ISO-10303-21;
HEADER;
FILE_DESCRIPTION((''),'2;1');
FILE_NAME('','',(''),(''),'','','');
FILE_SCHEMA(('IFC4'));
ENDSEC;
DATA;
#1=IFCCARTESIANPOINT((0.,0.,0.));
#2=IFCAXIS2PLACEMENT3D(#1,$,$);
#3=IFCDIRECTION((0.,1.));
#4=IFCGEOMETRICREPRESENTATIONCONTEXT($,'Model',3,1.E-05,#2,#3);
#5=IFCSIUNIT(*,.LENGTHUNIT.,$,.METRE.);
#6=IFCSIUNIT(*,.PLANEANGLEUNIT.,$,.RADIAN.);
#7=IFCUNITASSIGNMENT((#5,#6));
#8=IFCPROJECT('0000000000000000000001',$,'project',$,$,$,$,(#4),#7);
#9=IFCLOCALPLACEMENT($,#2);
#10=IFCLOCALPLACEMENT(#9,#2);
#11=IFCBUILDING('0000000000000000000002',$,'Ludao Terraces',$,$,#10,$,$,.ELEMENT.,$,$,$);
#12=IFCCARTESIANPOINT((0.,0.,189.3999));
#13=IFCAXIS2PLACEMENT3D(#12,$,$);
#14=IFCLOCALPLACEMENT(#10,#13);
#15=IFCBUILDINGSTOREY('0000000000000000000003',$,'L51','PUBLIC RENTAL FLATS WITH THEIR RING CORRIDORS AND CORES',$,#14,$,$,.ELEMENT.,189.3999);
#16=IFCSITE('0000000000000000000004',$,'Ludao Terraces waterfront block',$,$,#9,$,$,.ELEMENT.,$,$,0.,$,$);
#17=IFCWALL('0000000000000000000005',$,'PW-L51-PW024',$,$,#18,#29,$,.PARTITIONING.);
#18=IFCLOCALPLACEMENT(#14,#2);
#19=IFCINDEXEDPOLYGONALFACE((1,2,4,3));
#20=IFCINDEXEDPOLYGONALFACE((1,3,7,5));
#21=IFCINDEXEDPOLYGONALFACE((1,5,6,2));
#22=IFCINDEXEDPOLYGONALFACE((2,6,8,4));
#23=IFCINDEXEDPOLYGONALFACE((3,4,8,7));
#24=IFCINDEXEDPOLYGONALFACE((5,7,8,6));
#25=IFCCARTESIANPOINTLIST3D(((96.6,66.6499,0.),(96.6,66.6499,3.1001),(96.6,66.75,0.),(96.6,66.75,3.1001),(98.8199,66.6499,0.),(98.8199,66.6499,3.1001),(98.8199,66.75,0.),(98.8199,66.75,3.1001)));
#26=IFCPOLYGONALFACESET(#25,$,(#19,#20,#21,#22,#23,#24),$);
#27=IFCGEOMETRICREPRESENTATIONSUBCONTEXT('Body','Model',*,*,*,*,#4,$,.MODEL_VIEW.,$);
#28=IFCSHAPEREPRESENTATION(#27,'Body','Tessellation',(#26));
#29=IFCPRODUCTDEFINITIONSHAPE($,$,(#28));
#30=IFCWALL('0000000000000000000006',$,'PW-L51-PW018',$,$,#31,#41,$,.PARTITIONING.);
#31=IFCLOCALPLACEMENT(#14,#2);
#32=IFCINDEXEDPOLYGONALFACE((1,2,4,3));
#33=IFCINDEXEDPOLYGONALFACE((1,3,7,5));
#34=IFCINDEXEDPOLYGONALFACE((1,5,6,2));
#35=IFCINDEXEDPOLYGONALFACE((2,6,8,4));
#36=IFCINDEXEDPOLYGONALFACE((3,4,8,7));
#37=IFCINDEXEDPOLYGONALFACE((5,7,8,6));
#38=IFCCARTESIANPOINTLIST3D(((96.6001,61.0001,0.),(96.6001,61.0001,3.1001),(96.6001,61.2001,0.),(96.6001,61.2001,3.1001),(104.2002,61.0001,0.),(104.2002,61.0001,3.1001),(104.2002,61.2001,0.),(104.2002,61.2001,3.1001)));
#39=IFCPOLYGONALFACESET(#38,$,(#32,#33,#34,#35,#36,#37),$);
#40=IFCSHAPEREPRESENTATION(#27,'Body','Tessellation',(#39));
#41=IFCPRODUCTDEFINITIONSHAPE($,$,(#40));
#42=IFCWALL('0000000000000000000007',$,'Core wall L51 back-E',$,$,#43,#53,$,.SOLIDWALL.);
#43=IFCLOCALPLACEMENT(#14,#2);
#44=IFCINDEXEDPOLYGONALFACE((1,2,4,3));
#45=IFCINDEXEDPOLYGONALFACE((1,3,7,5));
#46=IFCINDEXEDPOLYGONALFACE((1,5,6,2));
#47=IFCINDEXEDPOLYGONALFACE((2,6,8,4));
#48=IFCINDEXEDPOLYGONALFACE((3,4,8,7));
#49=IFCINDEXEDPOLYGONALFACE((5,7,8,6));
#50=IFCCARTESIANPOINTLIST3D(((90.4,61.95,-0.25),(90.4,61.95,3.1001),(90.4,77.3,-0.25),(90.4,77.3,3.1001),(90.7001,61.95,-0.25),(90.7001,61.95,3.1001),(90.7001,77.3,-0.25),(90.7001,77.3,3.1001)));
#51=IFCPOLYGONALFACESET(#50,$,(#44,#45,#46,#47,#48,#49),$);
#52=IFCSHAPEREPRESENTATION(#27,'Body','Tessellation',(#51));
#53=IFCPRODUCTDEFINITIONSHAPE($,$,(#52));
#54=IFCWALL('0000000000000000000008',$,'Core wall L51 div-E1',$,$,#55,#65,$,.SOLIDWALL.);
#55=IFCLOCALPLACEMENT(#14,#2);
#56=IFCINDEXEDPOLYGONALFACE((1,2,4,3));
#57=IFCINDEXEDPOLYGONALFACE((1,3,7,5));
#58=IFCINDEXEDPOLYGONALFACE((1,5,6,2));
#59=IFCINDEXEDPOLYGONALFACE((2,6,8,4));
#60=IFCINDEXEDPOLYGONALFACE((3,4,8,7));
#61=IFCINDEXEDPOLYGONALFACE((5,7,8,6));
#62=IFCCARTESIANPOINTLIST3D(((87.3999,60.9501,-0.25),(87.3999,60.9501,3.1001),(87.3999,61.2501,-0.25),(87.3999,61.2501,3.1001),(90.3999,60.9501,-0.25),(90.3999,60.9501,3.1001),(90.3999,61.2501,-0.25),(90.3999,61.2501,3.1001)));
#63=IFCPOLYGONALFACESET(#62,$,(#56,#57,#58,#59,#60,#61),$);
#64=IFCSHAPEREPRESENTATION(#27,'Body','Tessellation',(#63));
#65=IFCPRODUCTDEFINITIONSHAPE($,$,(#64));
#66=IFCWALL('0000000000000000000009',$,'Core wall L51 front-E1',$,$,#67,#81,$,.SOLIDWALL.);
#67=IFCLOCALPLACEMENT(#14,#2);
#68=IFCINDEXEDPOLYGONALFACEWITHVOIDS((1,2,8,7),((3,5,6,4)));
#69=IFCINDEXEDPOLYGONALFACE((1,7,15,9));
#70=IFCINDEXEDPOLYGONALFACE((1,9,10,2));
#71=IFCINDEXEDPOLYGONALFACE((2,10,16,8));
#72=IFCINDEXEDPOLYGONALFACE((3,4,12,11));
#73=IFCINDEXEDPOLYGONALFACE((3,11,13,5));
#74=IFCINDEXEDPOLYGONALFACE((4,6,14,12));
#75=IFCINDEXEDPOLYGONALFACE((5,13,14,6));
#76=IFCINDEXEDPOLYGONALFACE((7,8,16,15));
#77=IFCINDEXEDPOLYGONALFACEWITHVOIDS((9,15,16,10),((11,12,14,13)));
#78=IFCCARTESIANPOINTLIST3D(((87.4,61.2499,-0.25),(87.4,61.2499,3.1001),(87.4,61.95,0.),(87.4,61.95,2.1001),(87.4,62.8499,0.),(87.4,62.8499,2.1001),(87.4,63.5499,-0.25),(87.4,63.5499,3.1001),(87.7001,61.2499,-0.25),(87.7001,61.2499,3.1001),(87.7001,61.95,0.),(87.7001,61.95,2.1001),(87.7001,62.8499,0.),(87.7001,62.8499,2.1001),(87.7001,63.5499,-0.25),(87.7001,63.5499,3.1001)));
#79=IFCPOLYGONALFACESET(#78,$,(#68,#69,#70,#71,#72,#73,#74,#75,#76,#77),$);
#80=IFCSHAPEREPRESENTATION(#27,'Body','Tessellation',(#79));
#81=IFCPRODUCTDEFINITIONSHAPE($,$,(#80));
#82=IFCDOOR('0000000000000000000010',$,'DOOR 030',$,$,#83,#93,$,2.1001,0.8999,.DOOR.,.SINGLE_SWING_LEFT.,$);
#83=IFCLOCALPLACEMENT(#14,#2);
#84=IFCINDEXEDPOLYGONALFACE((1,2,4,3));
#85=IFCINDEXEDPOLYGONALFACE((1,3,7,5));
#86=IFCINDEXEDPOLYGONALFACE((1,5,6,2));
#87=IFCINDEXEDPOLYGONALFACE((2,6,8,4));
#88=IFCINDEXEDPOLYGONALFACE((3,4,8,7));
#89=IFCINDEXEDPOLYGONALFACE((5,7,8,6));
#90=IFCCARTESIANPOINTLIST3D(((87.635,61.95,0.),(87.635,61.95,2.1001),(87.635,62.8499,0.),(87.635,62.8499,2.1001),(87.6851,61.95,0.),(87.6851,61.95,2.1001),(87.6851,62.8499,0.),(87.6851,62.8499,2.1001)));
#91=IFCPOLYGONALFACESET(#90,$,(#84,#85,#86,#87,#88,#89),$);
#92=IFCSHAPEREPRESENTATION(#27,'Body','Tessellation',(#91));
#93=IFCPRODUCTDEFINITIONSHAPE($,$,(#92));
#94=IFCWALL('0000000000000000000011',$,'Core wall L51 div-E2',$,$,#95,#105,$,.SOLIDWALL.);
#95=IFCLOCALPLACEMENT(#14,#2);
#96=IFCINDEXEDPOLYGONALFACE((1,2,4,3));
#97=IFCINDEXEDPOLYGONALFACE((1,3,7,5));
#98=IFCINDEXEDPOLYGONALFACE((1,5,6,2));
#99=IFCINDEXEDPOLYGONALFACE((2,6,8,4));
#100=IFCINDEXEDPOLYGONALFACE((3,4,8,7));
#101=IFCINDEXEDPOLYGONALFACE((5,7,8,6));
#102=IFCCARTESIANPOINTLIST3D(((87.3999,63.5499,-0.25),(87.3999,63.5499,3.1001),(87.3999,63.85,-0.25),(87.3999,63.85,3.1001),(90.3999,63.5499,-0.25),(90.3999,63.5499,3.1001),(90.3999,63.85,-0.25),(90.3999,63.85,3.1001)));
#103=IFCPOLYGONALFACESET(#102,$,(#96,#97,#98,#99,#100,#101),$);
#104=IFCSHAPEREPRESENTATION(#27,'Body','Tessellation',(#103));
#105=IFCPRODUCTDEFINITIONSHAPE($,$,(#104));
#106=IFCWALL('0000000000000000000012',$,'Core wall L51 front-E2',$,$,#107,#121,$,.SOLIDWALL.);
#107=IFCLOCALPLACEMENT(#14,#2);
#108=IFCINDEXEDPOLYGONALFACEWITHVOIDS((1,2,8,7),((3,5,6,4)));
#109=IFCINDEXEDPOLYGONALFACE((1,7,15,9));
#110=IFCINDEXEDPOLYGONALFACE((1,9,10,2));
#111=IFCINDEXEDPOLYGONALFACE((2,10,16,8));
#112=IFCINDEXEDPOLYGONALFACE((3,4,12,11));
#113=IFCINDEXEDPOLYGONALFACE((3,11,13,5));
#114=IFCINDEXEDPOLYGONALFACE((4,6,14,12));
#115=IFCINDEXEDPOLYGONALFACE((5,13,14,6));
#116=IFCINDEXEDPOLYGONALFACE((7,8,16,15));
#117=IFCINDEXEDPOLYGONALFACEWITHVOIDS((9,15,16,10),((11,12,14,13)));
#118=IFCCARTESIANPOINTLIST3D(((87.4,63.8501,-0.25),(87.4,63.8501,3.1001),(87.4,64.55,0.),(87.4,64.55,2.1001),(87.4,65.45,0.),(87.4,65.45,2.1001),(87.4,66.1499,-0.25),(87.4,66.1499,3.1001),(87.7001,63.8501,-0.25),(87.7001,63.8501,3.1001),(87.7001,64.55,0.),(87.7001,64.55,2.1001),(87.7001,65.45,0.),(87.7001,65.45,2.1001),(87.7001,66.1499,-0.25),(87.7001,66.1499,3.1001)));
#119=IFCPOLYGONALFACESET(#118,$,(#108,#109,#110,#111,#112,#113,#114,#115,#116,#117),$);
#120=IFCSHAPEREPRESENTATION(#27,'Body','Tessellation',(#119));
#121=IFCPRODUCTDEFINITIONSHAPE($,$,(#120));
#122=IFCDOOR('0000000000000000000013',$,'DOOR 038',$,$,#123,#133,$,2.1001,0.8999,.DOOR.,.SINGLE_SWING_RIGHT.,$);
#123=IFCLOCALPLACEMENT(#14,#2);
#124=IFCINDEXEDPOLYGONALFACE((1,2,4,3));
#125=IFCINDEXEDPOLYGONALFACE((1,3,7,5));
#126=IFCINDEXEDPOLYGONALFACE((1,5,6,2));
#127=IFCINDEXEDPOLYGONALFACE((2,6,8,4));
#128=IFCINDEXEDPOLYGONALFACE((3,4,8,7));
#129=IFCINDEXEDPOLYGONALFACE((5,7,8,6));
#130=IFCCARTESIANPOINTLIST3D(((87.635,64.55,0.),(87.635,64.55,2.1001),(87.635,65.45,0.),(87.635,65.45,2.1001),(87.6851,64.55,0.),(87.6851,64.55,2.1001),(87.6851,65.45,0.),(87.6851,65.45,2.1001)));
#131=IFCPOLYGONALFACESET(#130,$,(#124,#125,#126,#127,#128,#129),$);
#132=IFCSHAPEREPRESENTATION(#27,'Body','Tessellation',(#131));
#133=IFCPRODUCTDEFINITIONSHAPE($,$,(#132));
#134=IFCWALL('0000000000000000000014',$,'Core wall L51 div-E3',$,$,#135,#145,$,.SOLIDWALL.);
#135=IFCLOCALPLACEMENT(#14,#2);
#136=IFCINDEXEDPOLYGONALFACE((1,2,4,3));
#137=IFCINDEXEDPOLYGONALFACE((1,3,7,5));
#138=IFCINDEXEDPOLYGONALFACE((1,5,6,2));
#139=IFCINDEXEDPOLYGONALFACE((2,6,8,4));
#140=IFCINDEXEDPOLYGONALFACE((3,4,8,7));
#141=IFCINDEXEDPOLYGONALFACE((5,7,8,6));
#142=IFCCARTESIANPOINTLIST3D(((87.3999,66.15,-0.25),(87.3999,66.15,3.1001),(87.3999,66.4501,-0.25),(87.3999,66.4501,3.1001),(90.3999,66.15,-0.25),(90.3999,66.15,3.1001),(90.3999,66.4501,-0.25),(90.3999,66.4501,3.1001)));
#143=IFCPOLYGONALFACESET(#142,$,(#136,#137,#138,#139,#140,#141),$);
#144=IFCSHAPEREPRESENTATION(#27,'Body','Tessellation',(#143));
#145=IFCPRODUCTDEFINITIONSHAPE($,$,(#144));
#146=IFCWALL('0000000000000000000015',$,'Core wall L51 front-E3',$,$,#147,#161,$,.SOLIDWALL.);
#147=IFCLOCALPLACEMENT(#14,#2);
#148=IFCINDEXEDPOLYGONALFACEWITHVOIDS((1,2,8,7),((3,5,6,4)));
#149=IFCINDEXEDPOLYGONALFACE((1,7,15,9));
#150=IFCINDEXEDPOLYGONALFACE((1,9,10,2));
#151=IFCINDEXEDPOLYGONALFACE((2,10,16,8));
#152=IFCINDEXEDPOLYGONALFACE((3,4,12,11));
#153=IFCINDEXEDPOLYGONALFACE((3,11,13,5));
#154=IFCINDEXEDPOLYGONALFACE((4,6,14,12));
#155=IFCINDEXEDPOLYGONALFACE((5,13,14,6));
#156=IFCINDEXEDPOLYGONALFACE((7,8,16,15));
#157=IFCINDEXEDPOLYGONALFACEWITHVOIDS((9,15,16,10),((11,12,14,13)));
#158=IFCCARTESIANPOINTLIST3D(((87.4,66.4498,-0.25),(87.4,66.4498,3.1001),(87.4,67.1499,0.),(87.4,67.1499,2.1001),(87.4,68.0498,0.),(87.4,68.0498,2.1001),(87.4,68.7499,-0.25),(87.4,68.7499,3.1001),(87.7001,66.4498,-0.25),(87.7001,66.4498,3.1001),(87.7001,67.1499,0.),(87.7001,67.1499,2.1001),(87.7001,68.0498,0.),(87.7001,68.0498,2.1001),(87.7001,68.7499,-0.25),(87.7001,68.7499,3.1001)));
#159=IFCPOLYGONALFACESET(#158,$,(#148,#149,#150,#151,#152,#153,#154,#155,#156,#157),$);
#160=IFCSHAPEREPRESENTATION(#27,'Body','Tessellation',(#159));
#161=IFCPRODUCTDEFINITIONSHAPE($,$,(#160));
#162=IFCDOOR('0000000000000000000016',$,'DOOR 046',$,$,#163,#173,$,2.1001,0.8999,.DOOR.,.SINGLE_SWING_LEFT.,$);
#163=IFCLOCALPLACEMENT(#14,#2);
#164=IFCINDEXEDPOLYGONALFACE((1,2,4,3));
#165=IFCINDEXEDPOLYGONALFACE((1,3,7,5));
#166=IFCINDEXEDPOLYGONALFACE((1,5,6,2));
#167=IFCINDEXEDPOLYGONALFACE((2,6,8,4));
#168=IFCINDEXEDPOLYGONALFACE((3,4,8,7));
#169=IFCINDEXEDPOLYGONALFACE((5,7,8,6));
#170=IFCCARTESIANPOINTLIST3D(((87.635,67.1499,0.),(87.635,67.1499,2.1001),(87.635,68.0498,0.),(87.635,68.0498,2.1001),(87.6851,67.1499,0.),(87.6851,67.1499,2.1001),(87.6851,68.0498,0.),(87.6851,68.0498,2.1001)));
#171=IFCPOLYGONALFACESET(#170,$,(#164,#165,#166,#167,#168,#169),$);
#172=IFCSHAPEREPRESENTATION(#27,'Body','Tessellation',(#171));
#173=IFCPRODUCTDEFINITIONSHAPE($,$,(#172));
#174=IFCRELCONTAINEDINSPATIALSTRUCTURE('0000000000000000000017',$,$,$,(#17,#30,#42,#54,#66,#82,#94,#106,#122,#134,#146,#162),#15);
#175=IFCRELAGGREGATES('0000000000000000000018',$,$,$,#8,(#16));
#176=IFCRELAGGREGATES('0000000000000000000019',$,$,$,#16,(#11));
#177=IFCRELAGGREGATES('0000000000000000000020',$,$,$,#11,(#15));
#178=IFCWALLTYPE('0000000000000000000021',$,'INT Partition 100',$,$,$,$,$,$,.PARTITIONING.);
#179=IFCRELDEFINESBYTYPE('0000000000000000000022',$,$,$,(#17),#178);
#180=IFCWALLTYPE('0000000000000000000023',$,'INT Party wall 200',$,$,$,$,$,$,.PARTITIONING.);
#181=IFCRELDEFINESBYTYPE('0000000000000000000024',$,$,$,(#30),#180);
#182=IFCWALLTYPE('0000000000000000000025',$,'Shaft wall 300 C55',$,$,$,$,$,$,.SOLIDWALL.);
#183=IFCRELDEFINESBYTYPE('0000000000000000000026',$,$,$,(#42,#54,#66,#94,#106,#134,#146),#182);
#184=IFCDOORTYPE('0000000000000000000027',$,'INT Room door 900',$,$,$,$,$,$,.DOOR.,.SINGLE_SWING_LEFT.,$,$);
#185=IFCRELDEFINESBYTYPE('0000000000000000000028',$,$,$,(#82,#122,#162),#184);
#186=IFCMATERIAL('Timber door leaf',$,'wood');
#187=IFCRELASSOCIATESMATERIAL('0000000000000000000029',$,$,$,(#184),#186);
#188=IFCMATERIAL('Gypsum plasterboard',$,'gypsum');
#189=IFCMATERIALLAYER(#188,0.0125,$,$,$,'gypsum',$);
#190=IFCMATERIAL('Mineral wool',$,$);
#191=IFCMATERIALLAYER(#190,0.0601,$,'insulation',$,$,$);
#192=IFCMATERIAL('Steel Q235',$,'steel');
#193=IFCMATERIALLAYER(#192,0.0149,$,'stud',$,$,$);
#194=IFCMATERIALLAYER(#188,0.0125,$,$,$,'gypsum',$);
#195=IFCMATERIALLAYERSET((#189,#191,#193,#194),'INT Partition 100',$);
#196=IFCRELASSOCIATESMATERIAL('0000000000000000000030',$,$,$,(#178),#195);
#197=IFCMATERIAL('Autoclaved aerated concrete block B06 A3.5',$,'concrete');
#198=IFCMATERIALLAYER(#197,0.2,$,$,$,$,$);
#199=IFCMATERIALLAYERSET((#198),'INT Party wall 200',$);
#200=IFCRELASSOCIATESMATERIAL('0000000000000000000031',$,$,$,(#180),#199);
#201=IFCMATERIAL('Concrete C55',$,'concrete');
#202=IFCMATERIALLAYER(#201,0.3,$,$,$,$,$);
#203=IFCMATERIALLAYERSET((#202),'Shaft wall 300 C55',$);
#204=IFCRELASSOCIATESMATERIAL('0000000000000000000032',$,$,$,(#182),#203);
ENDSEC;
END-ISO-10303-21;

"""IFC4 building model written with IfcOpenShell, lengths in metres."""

from ifc_helpers import new_model, si_unit, direction, frame, frame_2d, origin, place, context, subcontext, project, spatial, rectangle, extrude, material, layer, layer_set, type_object, element, fill, save


model = new_model("IFC4")

# Units and contexts
model_context = context("Model", 3, precision=1e-05, world=origin(), true_north=direction((0.0, 1.0)))
body_context = subcontext(model_context, "Body", "Model", "MODEL_VIEW")
ifc_project = project(units=[si_unit("LENGTHUNIT", "METRE"), si_unit("PLANEANGLEUNIT", "RADIAN")], contexts=[model_context])

# Site, building, storey
site_placement = place(None, origin())
site = spatial("IfcSite", under=ifc_project, at=site_placement, Name="Ludao Terraces waterfront block", CompositionType="ELEMENT", RefElevation=0.0)
building_placement = place(site_placement, origin())
building = spatial("IfcBuilding", under=site, at=building_placement, Name="Ludao Terraces", CompositionType="ELEMENT")
storey_placement = place(building_placement, frame((0.0, 0.0, 189.3999)))
storey = spatial("IfcBuildingStorey", under=building, at=storey_placement, Name="L51", Description="PUBLIC RENTAL FLATS WITH THEIR RING CORRIDORS AND CORES", CompositionType="ELEMENT", Elevation=189.3999)

# Shared definitions
ifc_material_1 = material(Name="Steel Q235", Category="steel")
ifc_material_2 = material(Name="Timber door leaf", Category="wood")
door_type_1 = type_object("IfcDoorType", Name="INT Room door 900", OperationType="SINGLE_SWING_LEFT", PredefinedType="DOOR", material=ifc_material_2)

# Shared definitions
ifc_material_3 = material(Name="Mineral wool")

# Walls
ifc_material_4 = material(Name="Gypsum plasterboard", Category="gypsum")
ifc_layer_1 = layer(ifc_material_4, 0.0125, Category="gypsum")
ifc_layer_2 = layer(ifc_material_3, 0.0601, Name="insulation")
ifc_layer_3 = layer(ifc_material_1, 0.0149, Name="stud")
ifc_layer_4 = layer(ifc_material_4, 0.0125, Category="gypsum")
ifc_layer_set_1 = layer_set([ifc_layer_1, ifc_layer_2, ifc_layer_3, ifc_layer_4], Name="INT Partition 100")
wall_type_1 = type_object("IfcWallType", Name="INT Partition 100", PredefinedType="PARTITIONING", material=ifc_layer_set_1)
for number, where, z_axis, x_axis, name in (
    (1, (96.6001, 66.7, 0.0), (0.0, 0.0, 1.0), (1.0, 0.0, 0.0), "PW-L51-PW024"),
):
    element("IfcWall", number, at=place(storey_placement, frame(where, z_axis=z_axis, x_axis=x_axis)), inside=storey, type_object=wall_type_1, Name=name, PredefinedType="PARTITIONING", context=body_context, shape_type="SweptSolid", body=[
        extrude(rectangle(XDim=2.22, YDim=0.1001, at=frame_2d((1.1099, 0.0))), origin(), (0.0, 0.0, 1.0), 3.1001),
    ])
ifc_material_5 = material(Name="Autoclaved aerated concrete block B06 A3.5", Category="concrete")
ifc_layer_5 = layer(ifc_material_5, 0.2)
ifc_layer_set_2 = layer_set([ifc_layer_5], Name="INT Party wall 200")
wall_type_2 = type_object("IfcWallType", Name="INT Party wall 200", PredefinedType="PARTITIONING", material=ifc_layer_set_2)
wall_1_placement = place(storey_placement, frame((96.6001, 61.1001, 0.0), z_axis=(0.0, 0.0, 1.0), x_axis=(1.0, 0.0, 0.0)))
element("IfcWall", 2, at=wall_1_placement, inside=storey, type_object=wall_type_2, Name="PW-L51-PW018", PredefinedType="PARTITIONING", context=body_context, shape_type="SweptSolid", body=[
    extrude(rectangle(XDim=7.6001, YDim=0.2, at=frame_2d((3.8, 0.0))), origin(), (0.0, 0.0, 1.0), 3.1001),
])
ifc_material_6 = material(Name="Concrete C55", Category="concrete")
ifc_layer_6 = layer(ifc_material_6, 0.3)
ifc_layer_set_3 = layer_set([ifc_layer_6], Name="Shaft wall 300 C55")
wall_type_3 = type_object("IfcWallType", Name="Shaft wall 300 C55", PredefinedType="SOLIDWALL", material=ifc_layer_set_3)
wall_2_placement = place(storey_placement, frame((90.55, 61.95, -0.25), z_axis=(0.0, 0.0, 1.0), x_axis=(0.0, 1.0, 0.0)))
element("IfcWall", 3, at=wall_2_placement, inside=storey, type_object=wall_type_3, Name="Core wall L51 back-E", PredefinedType="SOLIDWALL", context=body_context, shape_type="SweptSolid", body=[
    extrude(rectangle(XDim=15.3501, YDim=0.3, at=frame_2d((7.675, 0.0))), origin(), (0.0, 0.0, 1.0), 3.3501),
])
wall_3_placement = place(storey_placement, frame((87.3999, 61.1001, -0.25), z_axis=(0.0, 0.0, 1.0), x_axis=(1.0, 0.0, 0.0)))
element("IfcWall", 4, at=wall_3_placement, inside=storey, type_object=wall_type_3, Name="Core wall L51 div-E1", PredefinedType="SOLIDWALL", context=body_context, shape_type="SweptSolid", body=[
    extrude(rectangle(XDim=3.0, YDim=0.3, at=frame_2d((1.5, 0.0))), origin(), (0.0, 0.0, 1.0), 3.3501),
])

# Wall, opening, door
wall_4_placement = place(storey_placement, frame((87.55, 61.25, -0.25), z_axis=(0.0, 0.0, 1.0), x_axis=(0.0, 1.0, 0.0)))
wall_4 = element("IfcWall", 5, at=wall_4_placement, inside=storey, type_object=wall_type_3, Name="Core wall L51 front-E1", PredefinedType="SOLIDWALL", context=body_context, shape_type="SweptSolid", body=[
    extrude(rectangle(XDim=2.3, YDim=0.3, at=frame_2d((1.1499, 0.0))), origin(), (0.0, 0.0, 1.0), 3.3501),
])
opening_1_placement = place(wall_4_placement, frame((0.7, 0.0, 0.25)))
opening_1 = element("IfcOpeningElement", 6, at=opening_1_placement, cuts=wall_4, PredefinedType="OPENING", context=body_context, shape_type="SweptSolid", body=[
    extrude(rectangle(XDim=0.8999, YDim=2.1001, at=frame_2d((0.45, 1.05))), frame((0.0, 0.1602, 0.0), z_axis=(0.0, -1.0, 0.0), x_axis=(1.0, 0.0, 0.0)), (0.0, 0.0, 1.0), 0.3201),
])
door_1_placement = place(opening_1_placement, origin())
door_1 = element("IfcDoor", 7, at=door_1_placement, inside=storey, type_object=door_type_1, Name="DOOR 030", OperationType="SINGLE_SWING_LEFT", OverallHeight=2.1001, OverallWidth=0.8999, PredefinedType="DOOR", context=body_context, shape_type="SweptSolid", body=[
    extrude(rectangle(XDim=0.8999, YDim=2.1001, at=frame_2d((0.45, 1.05))), frame((0.0, -0.085, 0.0), z_axis=(0.0, -1.0, 0.0), x_axis=(1.0, 0.0, 0.0)), (0.0, 0.0, 1.0), 0.05),
])
fill(opening_1, door_1)

# Wall
wall_5_placement = place(storey_placement, frame((87.3999, 63.7, -0.25), z_axis=(0.0, 0.0, 1.0), x_axis=(1.0, 0.0, 0.0)))
element("IfcWall", 8, at=wall_5_placement, inside=storey, type_object=wall_type_3, Name="Core wall L51 div-E2", PredefinedType="SOLIDWALL", context=body_context, shape_type="SweptSolid", body=[
    extrude(rectangle(XDim=3.0, YDim=0.3, at=frame_2d((1.5, 0.0))), origin(), (0.0, 0.0, 1.0), 3.3501),
])

# Wall, opening, door
wall_6_placement = place(storey_placement, frame((87.55, 63.8501, -0.25), z_axis=(0.0, 0.0, 1.0), x_axis=(0.0, 1.0, 0.0)))
wall_6 = element("IfcWall", 9, at=wall_6_placement, inside=storey, type_object=wall_type_3, Name="Core wall L51 front-E2", PredefinedType="SOLIDWALL", context=body_context, shape_type="SweptSolid", body=[
    extrude(rectangle(XDim=2.2998, YDim=0.3, at=frame_2d((1.1499, 0.0))), origin(), (0.0, 0.0, 1.0), 3.3501),
])
opening_2_placement = place(wall_6_placement, frame((0.7, 0.0, 0.25)))
opening_2 = element("IfcOpeningElement", 10, at=opening_2_placement, cuts=wall_6, PredefinedType="OPENING", context=body_context, shape_type="SweptSolid", body=[
    extrude(rectangle(XDim=0.8999, YDim=2.1001, at=frame_2d((0.45, 1.05))), frame((0.0, 0.1602, 0.0), z_axis=(0.0, -1.0, 0.0), x_axis=(1.0, 0.0, 0.0)), (0.0, 0.0, 1.0), 0.3201),
])
door_2_placement = place(opening_2_placement, origin())
door_2 = element("IfcDoor", 11, at=door_2_placement, inside=storey, type_object=door_type_1, Name="DOOR 038", OperationType="SINGLE_SWING_RIGHT", OverallHeight=2.1001, OverallWidth=0.8999, PredefinedType="DOOR", context=body_context, shape_type="SweptSolid", body=[
    extrude(rectangle(XDim=0.8999, YDim=2.1001, at=frame_2d((0.45, 1.05))), frame((0.0, -0.085, 0.0), z_axis=(0.0, -1.0, 0.0), x_axis=(1.0, 0.0, 0.0)), (0.0, 0.0, 1.0), 0.05),
])
fill(opening_2, door_2)

# Wall
wall_7_placement = place(storey_placement, frame((87.3999, 66.3, -0.25), z_axis=(0.0, 0.0, 1.0), x_axis=(1.0, 0.0, 0.0)))
element("IfcWall", 12, at=wall_7_placement, inside=storey, type_object=wall_type_3, Name="Core wall L51 div-E3", PredefinedType="SOLIDWALL", context=body_context, shape_type="SweptSolid", body=[
    extrude(rectangle(XDim=3.0, YDim=0.3, at=frame_2d((1.5, 0.0))), origin(), (0.0, 0.0, 1.0), 3.3501),
])

# Wall, opening, door
wall_8_placement = place(storey_placement, frame((87.55, 66.45, -0.25), z_axis=(0.0, 0.0, 1.0), x_axis=(0.0, 1.0, 0.0)))
wall_8 = element("IfcWall", 13, at=wall_8_placement, inside=storey, type_object=wall_type_3, Name="Core wall L51 front-E3", PredefinedType="SOLIDWALL", context=body_context, shape_type="SweptSolid", body=[
    extrude(rectangle(XDim=2.3, YDim=0.3, at=frame_2d((1.1499, 0.0))), origin(), (0.0, 0.0, 1.0), 3.3501),
])
opening_3_placement = place(wall_8_placement, frame((0.7, 0.0, 0.25)))
opening_3 = element("IfcOpeningElement", 14, at=opening_3_placement, cuts=wall_8, PredefinedType="OPENING", context=body_context, shape_type="SweptSolid", body=[
    extrude(rectangle(XDim=0.8999, YDim=2.1001, at=frame_2d((0.45, 1.05))), frame((0.0, 0.1602, 0.0), z_axis=(0.0, -1.0, 0.0), x_axis=(1.0, 0.0, 0.0)), (0.0, 0.0, 1.0), 0.3201),
])
door_3_placement = place(opening_3_placement, origin())
door_3 = element("IfcDoor", 15, at=door_3_placement, inside=storey, type_object=door_type_1, Name="DOOR 046", OperationType="SINGLE_SWING_LEFT", OverallHeight=2.1001, OverallWidth=0.8999, PredefinedType="DOOR", context=body_context, shape_type="SweptSolid", body=[
    extrude(rectangle(XDim=0.8999, YDim=2.1001, at=frame_2d((0.45, 1.05))), frame((0.0, -0.085, 0.0), z_axis=(0.0, -1.0, 0.0), x_axis=(1.0, 0.0, 0.0)), (0.0, 0.0, 1.0), 0.05),
])
fill(opening_3, door_3)

save(model, "model.ifc")
